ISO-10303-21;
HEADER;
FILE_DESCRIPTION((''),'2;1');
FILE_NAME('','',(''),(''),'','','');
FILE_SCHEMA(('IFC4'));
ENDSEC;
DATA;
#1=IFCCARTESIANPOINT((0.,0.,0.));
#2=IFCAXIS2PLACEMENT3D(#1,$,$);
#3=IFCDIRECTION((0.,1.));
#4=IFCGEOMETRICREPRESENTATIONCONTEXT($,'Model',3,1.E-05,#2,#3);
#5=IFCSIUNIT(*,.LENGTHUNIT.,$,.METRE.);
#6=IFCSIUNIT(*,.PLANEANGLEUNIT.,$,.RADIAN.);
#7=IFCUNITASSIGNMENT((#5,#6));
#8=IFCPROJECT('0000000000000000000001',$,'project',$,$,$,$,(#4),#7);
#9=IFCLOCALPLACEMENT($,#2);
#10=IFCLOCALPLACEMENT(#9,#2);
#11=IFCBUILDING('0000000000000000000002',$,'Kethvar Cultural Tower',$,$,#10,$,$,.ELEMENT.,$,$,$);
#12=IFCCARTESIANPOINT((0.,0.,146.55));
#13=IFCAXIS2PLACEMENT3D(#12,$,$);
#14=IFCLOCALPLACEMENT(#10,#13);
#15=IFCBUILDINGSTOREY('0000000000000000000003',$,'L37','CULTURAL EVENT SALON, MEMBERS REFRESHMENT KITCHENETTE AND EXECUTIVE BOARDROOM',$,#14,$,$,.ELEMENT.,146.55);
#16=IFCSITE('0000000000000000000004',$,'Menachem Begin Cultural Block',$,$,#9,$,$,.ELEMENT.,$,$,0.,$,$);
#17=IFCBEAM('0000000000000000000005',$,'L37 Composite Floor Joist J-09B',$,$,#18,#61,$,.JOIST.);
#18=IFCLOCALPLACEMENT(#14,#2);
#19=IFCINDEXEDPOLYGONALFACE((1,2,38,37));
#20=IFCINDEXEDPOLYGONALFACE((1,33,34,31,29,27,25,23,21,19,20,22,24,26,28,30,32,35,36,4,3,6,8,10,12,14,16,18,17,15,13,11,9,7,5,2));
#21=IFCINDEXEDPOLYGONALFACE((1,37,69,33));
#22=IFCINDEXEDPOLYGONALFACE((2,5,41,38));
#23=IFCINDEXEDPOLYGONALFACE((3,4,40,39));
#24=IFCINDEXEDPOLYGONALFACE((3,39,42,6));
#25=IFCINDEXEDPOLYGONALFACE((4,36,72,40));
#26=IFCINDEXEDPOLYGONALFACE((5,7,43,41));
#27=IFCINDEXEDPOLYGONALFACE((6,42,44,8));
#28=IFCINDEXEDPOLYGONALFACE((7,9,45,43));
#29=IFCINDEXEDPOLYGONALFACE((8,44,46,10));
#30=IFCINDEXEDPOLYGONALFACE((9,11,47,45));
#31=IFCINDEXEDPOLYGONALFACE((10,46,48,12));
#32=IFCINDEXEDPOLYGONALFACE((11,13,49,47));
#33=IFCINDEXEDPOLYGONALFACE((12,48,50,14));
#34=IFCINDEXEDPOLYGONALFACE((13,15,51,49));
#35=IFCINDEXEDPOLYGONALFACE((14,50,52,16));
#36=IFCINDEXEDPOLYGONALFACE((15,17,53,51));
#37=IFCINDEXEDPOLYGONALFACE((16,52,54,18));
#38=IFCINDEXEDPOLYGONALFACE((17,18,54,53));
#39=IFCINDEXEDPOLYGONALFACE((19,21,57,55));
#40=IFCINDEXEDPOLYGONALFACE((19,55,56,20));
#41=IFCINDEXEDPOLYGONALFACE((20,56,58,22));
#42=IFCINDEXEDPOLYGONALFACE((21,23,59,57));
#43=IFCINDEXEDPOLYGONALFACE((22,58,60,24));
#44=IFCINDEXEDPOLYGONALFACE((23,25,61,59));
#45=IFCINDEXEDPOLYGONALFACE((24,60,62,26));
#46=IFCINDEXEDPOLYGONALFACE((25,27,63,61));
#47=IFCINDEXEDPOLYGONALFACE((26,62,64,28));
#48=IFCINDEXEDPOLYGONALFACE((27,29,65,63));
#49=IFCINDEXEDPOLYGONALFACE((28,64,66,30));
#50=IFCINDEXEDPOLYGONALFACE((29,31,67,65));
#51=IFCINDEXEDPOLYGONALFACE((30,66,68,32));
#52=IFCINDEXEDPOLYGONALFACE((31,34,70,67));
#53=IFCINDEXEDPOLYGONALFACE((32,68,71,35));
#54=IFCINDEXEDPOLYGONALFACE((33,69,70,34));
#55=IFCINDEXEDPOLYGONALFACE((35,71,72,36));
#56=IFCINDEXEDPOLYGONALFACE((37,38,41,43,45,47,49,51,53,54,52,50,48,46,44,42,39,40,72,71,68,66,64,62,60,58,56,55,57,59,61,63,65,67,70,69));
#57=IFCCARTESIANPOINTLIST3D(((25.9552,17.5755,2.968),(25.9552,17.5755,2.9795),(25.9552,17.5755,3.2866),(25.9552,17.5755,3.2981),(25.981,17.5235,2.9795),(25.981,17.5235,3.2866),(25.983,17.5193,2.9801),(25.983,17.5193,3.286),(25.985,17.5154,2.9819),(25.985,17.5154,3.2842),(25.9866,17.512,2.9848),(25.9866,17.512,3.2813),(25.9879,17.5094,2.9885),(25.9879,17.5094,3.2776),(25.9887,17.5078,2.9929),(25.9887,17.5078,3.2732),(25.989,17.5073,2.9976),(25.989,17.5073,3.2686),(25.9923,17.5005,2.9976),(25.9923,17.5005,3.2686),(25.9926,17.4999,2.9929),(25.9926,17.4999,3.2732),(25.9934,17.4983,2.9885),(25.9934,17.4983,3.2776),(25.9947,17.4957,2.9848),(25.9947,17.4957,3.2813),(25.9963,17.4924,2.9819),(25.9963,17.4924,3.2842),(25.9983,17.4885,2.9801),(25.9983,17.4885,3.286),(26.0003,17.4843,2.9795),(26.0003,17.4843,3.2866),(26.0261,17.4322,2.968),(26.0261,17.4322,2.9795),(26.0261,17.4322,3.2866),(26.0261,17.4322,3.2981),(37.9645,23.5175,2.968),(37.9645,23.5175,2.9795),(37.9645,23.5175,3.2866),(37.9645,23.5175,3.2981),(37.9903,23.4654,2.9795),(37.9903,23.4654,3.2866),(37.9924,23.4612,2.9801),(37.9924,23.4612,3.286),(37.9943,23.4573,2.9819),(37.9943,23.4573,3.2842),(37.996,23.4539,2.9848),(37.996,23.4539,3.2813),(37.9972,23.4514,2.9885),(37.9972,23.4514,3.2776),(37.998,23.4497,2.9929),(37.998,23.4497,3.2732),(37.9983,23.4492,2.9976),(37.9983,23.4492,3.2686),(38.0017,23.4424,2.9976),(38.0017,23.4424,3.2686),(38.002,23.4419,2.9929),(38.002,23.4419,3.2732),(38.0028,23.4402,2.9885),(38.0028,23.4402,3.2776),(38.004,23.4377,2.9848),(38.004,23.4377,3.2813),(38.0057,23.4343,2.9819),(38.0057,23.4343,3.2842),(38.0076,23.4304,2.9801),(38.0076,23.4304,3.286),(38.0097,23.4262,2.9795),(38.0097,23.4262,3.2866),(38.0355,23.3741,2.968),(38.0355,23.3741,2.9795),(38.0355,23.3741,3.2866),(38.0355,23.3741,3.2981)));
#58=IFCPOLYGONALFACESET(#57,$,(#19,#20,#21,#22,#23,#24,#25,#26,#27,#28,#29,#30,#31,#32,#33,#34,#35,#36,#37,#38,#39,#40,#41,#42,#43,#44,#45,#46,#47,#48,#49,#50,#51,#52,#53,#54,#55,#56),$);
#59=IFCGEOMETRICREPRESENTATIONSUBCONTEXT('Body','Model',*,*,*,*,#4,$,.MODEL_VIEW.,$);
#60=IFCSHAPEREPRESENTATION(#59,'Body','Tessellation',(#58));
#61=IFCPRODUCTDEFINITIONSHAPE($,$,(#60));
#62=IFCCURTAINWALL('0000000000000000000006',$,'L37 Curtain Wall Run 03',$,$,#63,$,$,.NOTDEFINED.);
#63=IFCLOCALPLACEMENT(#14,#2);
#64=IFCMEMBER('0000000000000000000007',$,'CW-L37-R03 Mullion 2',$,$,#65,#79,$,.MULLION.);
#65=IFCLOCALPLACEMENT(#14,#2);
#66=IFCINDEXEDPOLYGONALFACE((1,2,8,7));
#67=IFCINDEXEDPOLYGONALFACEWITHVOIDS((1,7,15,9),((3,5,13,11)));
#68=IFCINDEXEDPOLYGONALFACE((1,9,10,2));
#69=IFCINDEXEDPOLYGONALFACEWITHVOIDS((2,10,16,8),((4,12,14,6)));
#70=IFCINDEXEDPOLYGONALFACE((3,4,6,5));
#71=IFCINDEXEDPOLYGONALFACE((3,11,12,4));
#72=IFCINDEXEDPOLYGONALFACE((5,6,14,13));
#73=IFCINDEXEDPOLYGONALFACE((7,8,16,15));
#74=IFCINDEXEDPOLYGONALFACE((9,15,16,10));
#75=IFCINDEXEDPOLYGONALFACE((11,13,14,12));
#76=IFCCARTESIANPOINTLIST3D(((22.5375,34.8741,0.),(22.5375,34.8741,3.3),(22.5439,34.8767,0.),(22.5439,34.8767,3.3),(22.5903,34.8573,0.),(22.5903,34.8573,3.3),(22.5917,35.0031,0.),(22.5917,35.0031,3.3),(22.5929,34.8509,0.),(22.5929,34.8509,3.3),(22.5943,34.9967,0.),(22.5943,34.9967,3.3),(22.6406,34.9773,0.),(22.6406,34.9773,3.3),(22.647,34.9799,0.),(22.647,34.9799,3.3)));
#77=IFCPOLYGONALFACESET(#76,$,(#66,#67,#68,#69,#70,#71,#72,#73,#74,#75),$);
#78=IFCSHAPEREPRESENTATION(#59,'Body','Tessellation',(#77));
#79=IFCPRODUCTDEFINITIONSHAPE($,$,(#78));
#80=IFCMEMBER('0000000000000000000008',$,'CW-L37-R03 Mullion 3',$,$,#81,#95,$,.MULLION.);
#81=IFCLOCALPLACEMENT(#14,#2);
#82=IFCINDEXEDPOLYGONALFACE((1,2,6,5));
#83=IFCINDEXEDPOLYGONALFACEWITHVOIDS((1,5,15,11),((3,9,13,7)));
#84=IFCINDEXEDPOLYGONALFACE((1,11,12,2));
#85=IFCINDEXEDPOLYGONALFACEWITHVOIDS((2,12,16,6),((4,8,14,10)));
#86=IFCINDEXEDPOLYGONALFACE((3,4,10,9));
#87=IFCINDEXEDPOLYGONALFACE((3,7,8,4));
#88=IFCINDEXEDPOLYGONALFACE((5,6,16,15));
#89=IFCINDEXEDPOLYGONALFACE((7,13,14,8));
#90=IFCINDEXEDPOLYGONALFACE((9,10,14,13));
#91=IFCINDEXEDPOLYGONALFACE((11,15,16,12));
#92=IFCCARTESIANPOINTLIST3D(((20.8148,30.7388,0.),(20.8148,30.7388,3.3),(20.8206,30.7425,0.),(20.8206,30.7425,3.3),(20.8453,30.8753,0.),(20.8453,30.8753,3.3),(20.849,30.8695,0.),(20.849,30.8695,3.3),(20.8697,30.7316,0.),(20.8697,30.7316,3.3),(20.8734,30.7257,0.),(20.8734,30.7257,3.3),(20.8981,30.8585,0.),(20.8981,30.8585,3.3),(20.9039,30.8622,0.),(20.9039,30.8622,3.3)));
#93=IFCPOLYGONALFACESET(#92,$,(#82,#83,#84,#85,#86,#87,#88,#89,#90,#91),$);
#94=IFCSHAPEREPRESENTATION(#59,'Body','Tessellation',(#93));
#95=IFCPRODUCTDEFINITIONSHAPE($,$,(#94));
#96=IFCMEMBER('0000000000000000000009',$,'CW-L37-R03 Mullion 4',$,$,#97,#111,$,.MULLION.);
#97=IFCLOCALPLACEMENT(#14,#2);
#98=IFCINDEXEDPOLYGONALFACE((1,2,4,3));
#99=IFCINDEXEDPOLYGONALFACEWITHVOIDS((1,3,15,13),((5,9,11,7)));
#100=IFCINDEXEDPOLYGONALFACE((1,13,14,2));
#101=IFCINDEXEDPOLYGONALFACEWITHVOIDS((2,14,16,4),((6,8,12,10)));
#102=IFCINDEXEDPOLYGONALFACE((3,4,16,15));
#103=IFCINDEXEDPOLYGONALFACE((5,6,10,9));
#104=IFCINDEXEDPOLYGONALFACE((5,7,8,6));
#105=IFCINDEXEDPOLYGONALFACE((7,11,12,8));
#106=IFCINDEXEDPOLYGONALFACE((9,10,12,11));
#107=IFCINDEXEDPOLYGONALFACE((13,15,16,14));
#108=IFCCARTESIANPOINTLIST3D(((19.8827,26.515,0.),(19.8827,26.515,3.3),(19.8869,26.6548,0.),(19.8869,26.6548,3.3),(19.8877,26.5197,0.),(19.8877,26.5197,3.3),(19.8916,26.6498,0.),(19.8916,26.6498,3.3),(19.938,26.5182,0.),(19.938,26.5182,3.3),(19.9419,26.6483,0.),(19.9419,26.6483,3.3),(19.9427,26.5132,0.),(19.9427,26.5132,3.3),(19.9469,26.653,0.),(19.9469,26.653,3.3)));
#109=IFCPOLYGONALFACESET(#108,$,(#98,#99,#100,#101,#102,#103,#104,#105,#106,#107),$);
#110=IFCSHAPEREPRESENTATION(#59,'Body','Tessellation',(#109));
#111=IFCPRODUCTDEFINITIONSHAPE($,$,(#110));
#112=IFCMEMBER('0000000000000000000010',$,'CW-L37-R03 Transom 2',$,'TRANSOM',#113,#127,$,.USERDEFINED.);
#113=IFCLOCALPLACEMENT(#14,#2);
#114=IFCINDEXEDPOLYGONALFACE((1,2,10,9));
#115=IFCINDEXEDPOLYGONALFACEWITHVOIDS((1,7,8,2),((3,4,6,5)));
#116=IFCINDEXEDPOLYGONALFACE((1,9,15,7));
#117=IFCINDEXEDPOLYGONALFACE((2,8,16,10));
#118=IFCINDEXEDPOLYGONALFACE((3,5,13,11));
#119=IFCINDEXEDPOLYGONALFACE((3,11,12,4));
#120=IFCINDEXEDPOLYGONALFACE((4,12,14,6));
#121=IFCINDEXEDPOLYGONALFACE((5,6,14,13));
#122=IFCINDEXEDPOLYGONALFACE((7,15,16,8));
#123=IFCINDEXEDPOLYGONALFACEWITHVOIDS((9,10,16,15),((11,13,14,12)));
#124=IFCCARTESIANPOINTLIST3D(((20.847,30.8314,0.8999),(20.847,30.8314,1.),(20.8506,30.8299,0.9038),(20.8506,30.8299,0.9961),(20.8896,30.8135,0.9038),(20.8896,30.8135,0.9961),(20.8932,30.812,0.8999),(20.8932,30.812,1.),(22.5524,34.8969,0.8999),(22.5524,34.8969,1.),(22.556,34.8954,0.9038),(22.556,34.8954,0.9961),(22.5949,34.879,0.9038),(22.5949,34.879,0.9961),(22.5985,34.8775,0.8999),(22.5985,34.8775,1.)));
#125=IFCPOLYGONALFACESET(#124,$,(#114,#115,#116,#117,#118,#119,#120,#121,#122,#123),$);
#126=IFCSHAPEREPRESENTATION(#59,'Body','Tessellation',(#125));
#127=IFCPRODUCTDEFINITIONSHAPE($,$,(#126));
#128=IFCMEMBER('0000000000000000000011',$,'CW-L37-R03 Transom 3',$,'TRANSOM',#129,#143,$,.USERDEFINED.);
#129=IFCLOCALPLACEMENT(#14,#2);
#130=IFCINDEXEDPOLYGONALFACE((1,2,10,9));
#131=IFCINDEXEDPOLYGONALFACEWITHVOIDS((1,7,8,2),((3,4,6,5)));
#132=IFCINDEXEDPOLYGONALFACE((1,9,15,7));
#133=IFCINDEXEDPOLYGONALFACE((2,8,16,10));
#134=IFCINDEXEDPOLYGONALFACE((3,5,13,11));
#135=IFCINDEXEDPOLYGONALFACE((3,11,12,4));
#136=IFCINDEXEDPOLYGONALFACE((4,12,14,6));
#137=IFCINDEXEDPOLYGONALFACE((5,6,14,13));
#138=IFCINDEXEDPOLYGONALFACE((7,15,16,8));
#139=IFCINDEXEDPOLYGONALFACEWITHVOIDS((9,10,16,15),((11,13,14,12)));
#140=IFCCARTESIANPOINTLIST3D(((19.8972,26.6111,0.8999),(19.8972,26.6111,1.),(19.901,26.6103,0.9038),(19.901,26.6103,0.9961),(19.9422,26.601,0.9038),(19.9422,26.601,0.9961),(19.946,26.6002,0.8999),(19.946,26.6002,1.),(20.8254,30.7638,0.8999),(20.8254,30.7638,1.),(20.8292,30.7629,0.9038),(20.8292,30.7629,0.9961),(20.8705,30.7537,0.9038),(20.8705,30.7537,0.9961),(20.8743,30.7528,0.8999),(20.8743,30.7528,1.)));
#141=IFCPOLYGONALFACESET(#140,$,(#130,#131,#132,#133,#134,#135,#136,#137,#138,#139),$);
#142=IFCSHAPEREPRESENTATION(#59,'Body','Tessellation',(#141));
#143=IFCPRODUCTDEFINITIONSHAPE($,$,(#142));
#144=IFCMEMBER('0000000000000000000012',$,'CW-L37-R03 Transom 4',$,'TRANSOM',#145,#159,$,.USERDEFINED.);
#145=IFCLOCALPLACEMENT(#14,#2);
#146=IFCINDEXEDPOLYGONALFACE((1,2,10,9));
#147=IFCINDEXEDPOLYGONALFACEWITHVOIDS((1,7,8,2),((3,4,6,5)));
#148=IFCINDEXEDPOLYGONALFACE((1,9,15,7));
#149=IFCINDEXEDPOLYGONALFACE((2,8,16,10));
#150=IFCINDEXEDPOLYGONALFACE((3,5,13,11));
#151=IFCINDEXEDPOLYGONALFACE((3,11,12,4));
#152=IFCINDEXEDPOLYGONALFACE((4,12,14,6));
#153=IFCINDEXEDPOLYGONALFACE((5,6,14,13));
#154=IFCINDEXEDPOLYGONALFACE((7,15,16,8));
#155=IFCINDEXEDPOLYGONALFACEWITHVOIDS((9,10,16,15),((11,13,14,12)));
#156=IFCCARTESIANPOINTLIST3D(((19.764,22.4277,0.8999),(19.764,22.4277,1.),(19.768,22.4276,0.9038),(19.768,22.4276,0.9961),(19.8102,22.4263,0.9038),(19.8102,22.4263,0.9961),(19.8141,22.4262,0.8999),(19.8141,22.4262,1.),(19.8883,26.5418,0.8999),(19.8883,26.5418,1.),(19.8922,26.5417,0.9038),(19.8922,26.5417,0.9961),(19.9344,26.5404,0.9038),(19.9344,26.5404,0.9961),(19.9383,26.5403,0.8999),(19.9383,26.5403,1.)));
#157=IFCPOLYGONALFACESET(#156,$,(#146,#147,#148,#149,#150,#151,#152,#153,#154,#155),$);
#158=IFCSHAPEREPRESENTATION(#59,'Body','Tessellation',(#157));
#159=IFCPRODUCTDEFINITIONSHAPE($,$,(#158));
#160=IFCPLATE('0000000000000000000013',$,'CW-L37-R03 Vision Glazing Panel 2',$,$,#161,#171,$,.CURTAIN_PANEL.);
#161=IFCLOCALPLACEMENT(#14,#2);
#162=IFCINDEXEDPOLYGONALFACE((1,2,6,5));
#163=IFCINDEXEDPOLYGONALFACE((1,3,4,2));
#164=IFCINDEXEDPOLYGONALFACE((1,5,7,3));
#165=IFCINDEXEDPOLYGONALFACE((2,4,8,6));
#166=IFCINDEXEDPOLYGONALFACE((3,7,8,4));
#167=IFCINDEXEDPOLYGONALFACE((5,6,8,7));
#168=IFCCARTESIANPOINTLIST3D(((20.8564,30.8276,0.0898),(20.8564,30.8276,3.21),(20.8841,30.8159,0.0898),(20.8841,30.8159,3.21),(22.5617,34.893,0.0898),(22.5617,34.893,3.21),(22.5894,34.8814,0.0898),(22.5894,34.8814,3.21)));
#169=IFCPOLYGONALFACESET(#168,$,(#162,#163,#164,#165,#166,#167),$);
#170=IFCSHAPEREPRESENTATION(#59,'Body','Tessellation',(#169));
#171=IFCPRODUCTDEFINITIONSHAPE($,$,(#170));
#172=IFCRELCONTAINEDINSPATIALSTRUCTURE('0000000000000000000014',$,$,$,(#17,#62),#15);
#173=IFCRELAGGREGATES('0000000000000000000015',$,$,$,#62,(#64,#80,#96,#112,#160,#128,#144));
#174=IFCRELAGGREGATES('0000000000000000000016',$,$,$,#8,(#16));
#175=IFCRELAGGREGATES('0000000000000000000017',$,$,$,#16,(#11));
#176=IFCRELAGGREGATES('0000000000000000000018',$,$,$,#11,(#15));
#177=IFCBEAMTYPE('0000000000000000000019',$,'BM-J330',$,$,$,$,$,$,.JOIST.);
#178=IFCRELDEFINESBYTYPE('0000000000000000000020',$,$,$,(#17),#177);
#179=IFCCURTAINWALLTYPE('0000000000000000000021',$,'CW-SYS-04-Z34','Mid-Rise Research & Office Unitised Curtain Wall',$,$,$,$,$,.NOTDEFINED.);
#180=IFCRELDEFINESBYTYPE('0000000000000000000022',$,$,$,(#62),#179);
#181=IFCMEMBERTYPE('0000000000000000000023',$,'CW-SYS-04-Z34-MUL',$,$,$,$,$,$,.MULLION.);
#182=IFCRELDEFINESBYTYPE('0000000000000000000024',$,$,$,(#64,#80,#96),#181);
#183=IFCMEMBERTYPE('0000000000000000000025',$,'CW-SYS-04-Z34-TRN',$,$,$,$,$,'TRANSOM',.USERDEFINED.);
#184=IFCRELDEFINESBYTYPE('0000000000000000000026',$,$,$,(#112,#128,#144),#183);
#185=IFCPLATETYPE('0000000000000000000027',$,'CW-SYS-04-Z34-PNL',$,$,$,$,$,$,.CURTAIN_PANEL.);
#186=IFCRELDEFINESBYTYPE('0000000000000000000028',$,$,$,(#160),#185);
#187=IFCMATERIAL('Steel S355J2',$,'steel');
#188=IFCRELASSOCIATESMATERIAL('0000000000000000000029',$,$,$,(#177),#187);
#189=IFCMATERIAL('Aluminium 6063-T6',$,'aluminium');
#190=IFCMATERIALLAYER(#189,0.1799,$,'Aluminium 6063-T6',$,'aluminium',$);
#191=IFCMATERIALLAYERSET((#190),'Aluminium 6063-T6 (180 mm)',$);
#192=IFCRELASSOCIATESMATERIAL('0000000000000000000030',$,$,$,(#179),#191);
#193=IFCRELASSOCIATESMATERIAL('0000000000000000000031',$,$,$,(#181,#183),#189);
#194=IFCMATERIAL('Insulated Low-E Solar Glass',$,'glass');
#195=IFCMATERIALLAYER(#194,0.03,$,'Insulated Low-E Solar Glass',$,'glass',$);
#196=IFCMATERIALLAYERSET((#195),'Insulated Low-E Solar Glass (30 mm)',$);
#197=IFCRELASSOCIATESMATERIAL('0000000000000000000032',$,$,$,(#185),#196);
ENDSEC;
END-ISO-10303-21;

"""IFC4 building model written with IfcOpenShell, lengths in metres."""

from ifc_helpers import new_model, si_unit, direction, frame, origin, origin_2d, place, context, subcontext, project, spatial, rectangle, hollow_rectangle, i_section, extrude, source, transform, mapped, material, layer, layer_set, material_profile, profile_set, type_object, element, aggregate, save


model = new_model("IFC4")

# Units and contexts
model_context = context("Model", 3, precision=1e-05, world=origin(), true_north=direction((0.0, 1.0)))
body_context = subcontext(model_context, "Body", "Model", "MODEL_VIEW")
ifc_project = project(units=[si_unit("LENGTHUNIT", "METRE"), si_unit("PLANEANGLEUNIT", "RADIAN")], contexts=[model_context])

# Site, building, storey
site_placement = place(None, origin())
site = spatial("IfcSite", under=ifc_project, at=site_placement, Name="Menachem Begin Cultural Block", CompositionType="ELEMENT", RefElevation=0.0)
building_placement = place(site_placement, origin())
building = spatial("IfcBuilding", under=site, at=building_placement, Name="Kethvar Cultural Tower", CompositionType="ELEMENT")
storey_placement = place(building_placement, frame((0.0, 0.0, 146.55)))
storey = spatial("IfcBuildingStorey", under=building, at=storey_placement, Name="L37", Description="CULTURAL EVENT SALON, MEMBERS REFRESHMENT KITCHENETTE AND EXECUTIVE BOARDROOM", CompositionType="ELEMENT", Elevation=146.55)

# Beam
ifc_material_1 = material(Name="Steel S355J2", Category="steel")
ifc_material_profile_1 = material_profile(ifc_material_1, i_section(OverallWidth=0.1599, OverallDepth=0.3301, WebThickness=0.0076, FlangeThickness=0.0115, FilletRadius=0.0181, at=origin_2d()), Name="Steel S355J2 — IPE330")
ifc_profile_set_1 = profile_set([ifc_material_profile_1], Name="Steel S355J2 — IPE330")
beam_type_1 = type_object("IfcBeamType", Name="BM-J330", PredefinedType="JOIST", material=ifc_profile_set_1)
shared_shape_1 = source(origin(), body_context, "Body", "SweptSolid", [
    extrude(i_section(OverallWidth=0.1599, OverallDepth=0.3301, WebThickness=0.0076, FlangeThickness=0.0115, FilletRadius=0.0181, at=origin_2d()), origin(), (0.0, 0.0, 1.0), 13.3989),
])
beam_1_placement = place(storey_placement, frame((38.0, 23.4458, 3.1331), z_axis=(-0.896292, -0.443463, 0.0), x_axis=(0.443463, -0.896292, 0.0)))
element("IfcBeam", 1, at=beam_1_placement, inside=storey, type_object=beam_type_1, Name="L37 Composite Floor Joist J-09B", PredefinedType="JOIST", context=body_context, shape_type="MappedRepresentation", body=[
    mapped(shared_shape_1, transform((0.0, 0.0, 0.0), scale=1.0)),
])

# Curtain wall, members, plate
ifc_material_2 = material(Name="Aluminium 6063-T6", Category="aluminium")
ifc_layer_1 = layer(ifc_material_2, 0.1799, Name="Aluminium 6063-T6", Category="aluminium")
ifc_layer_set_1 = layer_set([ifc_layer_1], Name="Aluminium 6063-T6 (180 mm)")
curtain_wall_type = type_object("IfcCurtainWallType", Name="CW-SYS-04-Z34", Description="Mid-Rise Research & Office Unitised Curtain Wall", PredefinedType="NOTDEFINED", material=ifc_layer_set_1)
curtain_wall_placement = place(storey_placement, origin())
curtain_wall = element("IfcCurtainWall", 2, at=curtain_wall_placement, inside=storey, type_object=curtain_wall_type, Name="L37 Curtain Wall Run 03", PredefinedType="NOTDEFINED")
ifc_material_profile_2 = material_profile(ifc_material_2, hollow_rectangle(XDim=0.0601, YDim=0.1399, WallThickness=0.0049, at=origin_2d()), Name="Aluminium 6063-T6 — RHS140x60x5")
ifc_profile_set_2 = profile_set([ifc_material_profile_2], Name="Aluminium 6063-T6 — RHS140x60x5")
member_type_1 = type_object("IfcMemberType", Name="CW-SYS-04-Z34-MUL", PredefinedType="MULLION", material=ifc_profile_set_2)
shared_shape_2 = source(origin(), body_context, "Body", "SweptSolid", [
    extrude(hollow_rectangle(XDim=0.0601, YDim=0.1399, WallThickness=0.0049, at=origin_2d()), origin(), (0.0, 0.0, 1.0), 3.3),
])
member_1_placement = place(storey_placement, frame((22.5923, 34.927, 0.0), z_axis=(0.0, 0.0, 1.0), x_axis=(0.922154, -0.386824, 0.0)))
member_1 = element("IfcMember", 3, at=member_1_placement, type_object=member_type_1, Name="CW-L37-R03 Mullion 2", PredefinedType="MULLION", context=body_context, shape_type="MappedRepresentation", body=[
    mapped(shared_shape_2, transform((0.0, 0.0, 0.0), scale=1.0)),
])
member_2_placement = place(storey_placement, frame((20.8594, 30.8005, 0.0), z_axis=(0.0, 0.0, 1.0), x_axis=(0.975913, -0.21816, 0.0)))
member_2 = element("IfcMember", 4, at=member_2_placement, type_object=member_type_1, Name="CW-L37-R03 Mullion 3", PredefinedType="MULLION", context=body_context, shape_type="MappedRepresentation", body=[
    mapped(shared_shape_2, transform((0.0, 0.0, 0.0), scale=1.0)),
])
member_3_placement = place(storey_placement, frame((19.9148, 26.584, 0.0), z_axis=(0.0, 0.0, 1.0), x_axis=(0.999543, -0.030224, 0.0)))
member_3 = element("IfcMember", 5, at=member_3_placement, type_object=member_type_1, Name="CW-L37-R03 Mullion 4", PredefinedType="MULLION", context=body_context, shape_type="MappedRepresentation", body=[
    mapped(shared_shape_2, transform((0.0, 0.0, 0.0), scale=1.0)),
])
ifc_material_profile_3 = material_profile(ifc_material_2, hollow_rectangle(XDim=0.05, YDim=0.1001, WallThickness=0.0039, at=origin_2d()), Name="Aluminium 6063-T6 — RHS100x50x4")
ifc_profile_set_3 = profile_set([ifc_material_profile_3], Name="Aluminium 6063-T6 — RHS100x50x4")
member_type_2 = type_object("IfcMemberType", Name="CW-SYS-04-Z34-TRN", ElementType="TRANSOM", PredefinedType="USERDEFINED", material=ifc_profile_set_3)
shared_shape_3 = source(origin(), body_context, "Body", "SweptSolid", [
    extrude(hollow_rectangle(XDim=0.05, YDim=0.1001, WallThickness=0.0039, at=origin_2d()), origin(), (0.0, 0.0, 1.0), 4.4087),
])
member_4_placement = place(storey_placement, frame((22.5754, 34.8872, 0.95), z_axis=(-0.386816, -0.922157, 0.0), x_axis=(0.922157, -0.386816, 0.0)))
member_4 = element("IfcMember", 6, at=member_4_placement, type_object=member_type_2, Name="CW-L37-R03 Transom 2", ObjectType="TRANSOM", PredefinedType="USERDEFINED", context=body_context, shape_type="MappedRepresentation", body=[
    mapped(shared_shape_3, transform((0.0, 0.0, 0.0), scale=1.0)),
])
shared_shape_4 = source(origin(), body_context, "Body", "SweptSolid", [
    extrude(hollow_rectangle(XDim=0.05, YDim=0.1001, WallThickness=0.0039, at=origin_2d()), origin(), (0.0, 0.0, 1.0), 4.2551),
])
member_5_placement = place(storey_placement, frame((20.8499, 30.7583, 0.95), z_axis=(-0.218145, -0.975916, 0.0), x_axis=(0.975916, -0.218145, 0.0)))
member_5 = element("IfcMember", 7, at=member_5_placement, type_object=member_type_2, Name="CW-L37-R03 Transom 3", ObjectType="TRANSOM", PredefinedType="USERDEFINED", context=body_context, shape_type="MappedRepresentation", body=[
    mapped(shared_shape_4, transform((0.0, 0.0, 0.0), scale=1.0)),
])
shared_shape_5 = source(origin(), body_context, "Body", "SweptSolid", [
    extrude(hollow_rectangle(XDim=0.05, YDim=0.1001, WallThickness=0.0039, at=origin_2d()), origin(), (0.0, 0.0, 1.0), 4.116),
])
member_6_placement = place(storey_placement, frame((19.9133, 26.541, 0.95), z_axis=(-0.030192, -0.999544, 0.0), x_axis=(0.999544, -0.030192, 0.0)))
member_6 = element("IfcMember", 8, at=member_6_placement, type_object=member_type_2, Name="CW-L37-R03 Transom 4", ObjectType="TRANSOM", PredefinedType="USERDEFINED", context=body_context, shape_type="MappedRepresentation", body=[
    mapped(shared_shape_5, transform((0.0, 0.0, 0.0), scale=1.0)),
])
ifc_material_3 = material(Name="Insulated Low-E Solar Glass", Category="glass")
ifc_layer_2 = layer(ifc_material_3, 0.03, Name="Insulated Low-E Solar Glass", Category="glass")
ifc_layer_set_2 = layer_set([ifc_layer_2], Name="Insulated Low-E Solar Glass (30 mm)")
plate_type = type_object("IfcPlateType", Name="CW-SYS-04-Z34-PNL", PredefinedType="CURTAIN_PANEL", material=ifc_layer_set_2)
shared_shape_6 = source(origin(), body_context, "Body", "SweptSolid", [
    extrude(rectangle(XDim=4.4087, YDim=0.03, at=origin_2d()), origin(), (0.0, 0.0, 1.0), 3.1201),
])
plate_1_placement = place(storey_placement, frame((21.7229, 32.8545, 0.0898), z_axis=(0.0, 0.0, 1.0), x_axis=(-0.386824, -0.922154, 0.0)))
plate_1 = element("IfcPlate", 9, at=plate_1_placement, type_object=plate_type, Name="CW-L37-R03 Vision Glazing Panel 2", PredefinedType="CURTAIN_PANEL", context=body_context, shape_type="MappedRepresentation", body=[
    mapped(shared_shape_6, transform((0.0, 0.0, 0.0), scale=1.0)),
])
aggregate(curtain_wall, [member_1, member_2, member_3, member_4, plate_1, member_5, member_6])

save(model, "model.ifc")
